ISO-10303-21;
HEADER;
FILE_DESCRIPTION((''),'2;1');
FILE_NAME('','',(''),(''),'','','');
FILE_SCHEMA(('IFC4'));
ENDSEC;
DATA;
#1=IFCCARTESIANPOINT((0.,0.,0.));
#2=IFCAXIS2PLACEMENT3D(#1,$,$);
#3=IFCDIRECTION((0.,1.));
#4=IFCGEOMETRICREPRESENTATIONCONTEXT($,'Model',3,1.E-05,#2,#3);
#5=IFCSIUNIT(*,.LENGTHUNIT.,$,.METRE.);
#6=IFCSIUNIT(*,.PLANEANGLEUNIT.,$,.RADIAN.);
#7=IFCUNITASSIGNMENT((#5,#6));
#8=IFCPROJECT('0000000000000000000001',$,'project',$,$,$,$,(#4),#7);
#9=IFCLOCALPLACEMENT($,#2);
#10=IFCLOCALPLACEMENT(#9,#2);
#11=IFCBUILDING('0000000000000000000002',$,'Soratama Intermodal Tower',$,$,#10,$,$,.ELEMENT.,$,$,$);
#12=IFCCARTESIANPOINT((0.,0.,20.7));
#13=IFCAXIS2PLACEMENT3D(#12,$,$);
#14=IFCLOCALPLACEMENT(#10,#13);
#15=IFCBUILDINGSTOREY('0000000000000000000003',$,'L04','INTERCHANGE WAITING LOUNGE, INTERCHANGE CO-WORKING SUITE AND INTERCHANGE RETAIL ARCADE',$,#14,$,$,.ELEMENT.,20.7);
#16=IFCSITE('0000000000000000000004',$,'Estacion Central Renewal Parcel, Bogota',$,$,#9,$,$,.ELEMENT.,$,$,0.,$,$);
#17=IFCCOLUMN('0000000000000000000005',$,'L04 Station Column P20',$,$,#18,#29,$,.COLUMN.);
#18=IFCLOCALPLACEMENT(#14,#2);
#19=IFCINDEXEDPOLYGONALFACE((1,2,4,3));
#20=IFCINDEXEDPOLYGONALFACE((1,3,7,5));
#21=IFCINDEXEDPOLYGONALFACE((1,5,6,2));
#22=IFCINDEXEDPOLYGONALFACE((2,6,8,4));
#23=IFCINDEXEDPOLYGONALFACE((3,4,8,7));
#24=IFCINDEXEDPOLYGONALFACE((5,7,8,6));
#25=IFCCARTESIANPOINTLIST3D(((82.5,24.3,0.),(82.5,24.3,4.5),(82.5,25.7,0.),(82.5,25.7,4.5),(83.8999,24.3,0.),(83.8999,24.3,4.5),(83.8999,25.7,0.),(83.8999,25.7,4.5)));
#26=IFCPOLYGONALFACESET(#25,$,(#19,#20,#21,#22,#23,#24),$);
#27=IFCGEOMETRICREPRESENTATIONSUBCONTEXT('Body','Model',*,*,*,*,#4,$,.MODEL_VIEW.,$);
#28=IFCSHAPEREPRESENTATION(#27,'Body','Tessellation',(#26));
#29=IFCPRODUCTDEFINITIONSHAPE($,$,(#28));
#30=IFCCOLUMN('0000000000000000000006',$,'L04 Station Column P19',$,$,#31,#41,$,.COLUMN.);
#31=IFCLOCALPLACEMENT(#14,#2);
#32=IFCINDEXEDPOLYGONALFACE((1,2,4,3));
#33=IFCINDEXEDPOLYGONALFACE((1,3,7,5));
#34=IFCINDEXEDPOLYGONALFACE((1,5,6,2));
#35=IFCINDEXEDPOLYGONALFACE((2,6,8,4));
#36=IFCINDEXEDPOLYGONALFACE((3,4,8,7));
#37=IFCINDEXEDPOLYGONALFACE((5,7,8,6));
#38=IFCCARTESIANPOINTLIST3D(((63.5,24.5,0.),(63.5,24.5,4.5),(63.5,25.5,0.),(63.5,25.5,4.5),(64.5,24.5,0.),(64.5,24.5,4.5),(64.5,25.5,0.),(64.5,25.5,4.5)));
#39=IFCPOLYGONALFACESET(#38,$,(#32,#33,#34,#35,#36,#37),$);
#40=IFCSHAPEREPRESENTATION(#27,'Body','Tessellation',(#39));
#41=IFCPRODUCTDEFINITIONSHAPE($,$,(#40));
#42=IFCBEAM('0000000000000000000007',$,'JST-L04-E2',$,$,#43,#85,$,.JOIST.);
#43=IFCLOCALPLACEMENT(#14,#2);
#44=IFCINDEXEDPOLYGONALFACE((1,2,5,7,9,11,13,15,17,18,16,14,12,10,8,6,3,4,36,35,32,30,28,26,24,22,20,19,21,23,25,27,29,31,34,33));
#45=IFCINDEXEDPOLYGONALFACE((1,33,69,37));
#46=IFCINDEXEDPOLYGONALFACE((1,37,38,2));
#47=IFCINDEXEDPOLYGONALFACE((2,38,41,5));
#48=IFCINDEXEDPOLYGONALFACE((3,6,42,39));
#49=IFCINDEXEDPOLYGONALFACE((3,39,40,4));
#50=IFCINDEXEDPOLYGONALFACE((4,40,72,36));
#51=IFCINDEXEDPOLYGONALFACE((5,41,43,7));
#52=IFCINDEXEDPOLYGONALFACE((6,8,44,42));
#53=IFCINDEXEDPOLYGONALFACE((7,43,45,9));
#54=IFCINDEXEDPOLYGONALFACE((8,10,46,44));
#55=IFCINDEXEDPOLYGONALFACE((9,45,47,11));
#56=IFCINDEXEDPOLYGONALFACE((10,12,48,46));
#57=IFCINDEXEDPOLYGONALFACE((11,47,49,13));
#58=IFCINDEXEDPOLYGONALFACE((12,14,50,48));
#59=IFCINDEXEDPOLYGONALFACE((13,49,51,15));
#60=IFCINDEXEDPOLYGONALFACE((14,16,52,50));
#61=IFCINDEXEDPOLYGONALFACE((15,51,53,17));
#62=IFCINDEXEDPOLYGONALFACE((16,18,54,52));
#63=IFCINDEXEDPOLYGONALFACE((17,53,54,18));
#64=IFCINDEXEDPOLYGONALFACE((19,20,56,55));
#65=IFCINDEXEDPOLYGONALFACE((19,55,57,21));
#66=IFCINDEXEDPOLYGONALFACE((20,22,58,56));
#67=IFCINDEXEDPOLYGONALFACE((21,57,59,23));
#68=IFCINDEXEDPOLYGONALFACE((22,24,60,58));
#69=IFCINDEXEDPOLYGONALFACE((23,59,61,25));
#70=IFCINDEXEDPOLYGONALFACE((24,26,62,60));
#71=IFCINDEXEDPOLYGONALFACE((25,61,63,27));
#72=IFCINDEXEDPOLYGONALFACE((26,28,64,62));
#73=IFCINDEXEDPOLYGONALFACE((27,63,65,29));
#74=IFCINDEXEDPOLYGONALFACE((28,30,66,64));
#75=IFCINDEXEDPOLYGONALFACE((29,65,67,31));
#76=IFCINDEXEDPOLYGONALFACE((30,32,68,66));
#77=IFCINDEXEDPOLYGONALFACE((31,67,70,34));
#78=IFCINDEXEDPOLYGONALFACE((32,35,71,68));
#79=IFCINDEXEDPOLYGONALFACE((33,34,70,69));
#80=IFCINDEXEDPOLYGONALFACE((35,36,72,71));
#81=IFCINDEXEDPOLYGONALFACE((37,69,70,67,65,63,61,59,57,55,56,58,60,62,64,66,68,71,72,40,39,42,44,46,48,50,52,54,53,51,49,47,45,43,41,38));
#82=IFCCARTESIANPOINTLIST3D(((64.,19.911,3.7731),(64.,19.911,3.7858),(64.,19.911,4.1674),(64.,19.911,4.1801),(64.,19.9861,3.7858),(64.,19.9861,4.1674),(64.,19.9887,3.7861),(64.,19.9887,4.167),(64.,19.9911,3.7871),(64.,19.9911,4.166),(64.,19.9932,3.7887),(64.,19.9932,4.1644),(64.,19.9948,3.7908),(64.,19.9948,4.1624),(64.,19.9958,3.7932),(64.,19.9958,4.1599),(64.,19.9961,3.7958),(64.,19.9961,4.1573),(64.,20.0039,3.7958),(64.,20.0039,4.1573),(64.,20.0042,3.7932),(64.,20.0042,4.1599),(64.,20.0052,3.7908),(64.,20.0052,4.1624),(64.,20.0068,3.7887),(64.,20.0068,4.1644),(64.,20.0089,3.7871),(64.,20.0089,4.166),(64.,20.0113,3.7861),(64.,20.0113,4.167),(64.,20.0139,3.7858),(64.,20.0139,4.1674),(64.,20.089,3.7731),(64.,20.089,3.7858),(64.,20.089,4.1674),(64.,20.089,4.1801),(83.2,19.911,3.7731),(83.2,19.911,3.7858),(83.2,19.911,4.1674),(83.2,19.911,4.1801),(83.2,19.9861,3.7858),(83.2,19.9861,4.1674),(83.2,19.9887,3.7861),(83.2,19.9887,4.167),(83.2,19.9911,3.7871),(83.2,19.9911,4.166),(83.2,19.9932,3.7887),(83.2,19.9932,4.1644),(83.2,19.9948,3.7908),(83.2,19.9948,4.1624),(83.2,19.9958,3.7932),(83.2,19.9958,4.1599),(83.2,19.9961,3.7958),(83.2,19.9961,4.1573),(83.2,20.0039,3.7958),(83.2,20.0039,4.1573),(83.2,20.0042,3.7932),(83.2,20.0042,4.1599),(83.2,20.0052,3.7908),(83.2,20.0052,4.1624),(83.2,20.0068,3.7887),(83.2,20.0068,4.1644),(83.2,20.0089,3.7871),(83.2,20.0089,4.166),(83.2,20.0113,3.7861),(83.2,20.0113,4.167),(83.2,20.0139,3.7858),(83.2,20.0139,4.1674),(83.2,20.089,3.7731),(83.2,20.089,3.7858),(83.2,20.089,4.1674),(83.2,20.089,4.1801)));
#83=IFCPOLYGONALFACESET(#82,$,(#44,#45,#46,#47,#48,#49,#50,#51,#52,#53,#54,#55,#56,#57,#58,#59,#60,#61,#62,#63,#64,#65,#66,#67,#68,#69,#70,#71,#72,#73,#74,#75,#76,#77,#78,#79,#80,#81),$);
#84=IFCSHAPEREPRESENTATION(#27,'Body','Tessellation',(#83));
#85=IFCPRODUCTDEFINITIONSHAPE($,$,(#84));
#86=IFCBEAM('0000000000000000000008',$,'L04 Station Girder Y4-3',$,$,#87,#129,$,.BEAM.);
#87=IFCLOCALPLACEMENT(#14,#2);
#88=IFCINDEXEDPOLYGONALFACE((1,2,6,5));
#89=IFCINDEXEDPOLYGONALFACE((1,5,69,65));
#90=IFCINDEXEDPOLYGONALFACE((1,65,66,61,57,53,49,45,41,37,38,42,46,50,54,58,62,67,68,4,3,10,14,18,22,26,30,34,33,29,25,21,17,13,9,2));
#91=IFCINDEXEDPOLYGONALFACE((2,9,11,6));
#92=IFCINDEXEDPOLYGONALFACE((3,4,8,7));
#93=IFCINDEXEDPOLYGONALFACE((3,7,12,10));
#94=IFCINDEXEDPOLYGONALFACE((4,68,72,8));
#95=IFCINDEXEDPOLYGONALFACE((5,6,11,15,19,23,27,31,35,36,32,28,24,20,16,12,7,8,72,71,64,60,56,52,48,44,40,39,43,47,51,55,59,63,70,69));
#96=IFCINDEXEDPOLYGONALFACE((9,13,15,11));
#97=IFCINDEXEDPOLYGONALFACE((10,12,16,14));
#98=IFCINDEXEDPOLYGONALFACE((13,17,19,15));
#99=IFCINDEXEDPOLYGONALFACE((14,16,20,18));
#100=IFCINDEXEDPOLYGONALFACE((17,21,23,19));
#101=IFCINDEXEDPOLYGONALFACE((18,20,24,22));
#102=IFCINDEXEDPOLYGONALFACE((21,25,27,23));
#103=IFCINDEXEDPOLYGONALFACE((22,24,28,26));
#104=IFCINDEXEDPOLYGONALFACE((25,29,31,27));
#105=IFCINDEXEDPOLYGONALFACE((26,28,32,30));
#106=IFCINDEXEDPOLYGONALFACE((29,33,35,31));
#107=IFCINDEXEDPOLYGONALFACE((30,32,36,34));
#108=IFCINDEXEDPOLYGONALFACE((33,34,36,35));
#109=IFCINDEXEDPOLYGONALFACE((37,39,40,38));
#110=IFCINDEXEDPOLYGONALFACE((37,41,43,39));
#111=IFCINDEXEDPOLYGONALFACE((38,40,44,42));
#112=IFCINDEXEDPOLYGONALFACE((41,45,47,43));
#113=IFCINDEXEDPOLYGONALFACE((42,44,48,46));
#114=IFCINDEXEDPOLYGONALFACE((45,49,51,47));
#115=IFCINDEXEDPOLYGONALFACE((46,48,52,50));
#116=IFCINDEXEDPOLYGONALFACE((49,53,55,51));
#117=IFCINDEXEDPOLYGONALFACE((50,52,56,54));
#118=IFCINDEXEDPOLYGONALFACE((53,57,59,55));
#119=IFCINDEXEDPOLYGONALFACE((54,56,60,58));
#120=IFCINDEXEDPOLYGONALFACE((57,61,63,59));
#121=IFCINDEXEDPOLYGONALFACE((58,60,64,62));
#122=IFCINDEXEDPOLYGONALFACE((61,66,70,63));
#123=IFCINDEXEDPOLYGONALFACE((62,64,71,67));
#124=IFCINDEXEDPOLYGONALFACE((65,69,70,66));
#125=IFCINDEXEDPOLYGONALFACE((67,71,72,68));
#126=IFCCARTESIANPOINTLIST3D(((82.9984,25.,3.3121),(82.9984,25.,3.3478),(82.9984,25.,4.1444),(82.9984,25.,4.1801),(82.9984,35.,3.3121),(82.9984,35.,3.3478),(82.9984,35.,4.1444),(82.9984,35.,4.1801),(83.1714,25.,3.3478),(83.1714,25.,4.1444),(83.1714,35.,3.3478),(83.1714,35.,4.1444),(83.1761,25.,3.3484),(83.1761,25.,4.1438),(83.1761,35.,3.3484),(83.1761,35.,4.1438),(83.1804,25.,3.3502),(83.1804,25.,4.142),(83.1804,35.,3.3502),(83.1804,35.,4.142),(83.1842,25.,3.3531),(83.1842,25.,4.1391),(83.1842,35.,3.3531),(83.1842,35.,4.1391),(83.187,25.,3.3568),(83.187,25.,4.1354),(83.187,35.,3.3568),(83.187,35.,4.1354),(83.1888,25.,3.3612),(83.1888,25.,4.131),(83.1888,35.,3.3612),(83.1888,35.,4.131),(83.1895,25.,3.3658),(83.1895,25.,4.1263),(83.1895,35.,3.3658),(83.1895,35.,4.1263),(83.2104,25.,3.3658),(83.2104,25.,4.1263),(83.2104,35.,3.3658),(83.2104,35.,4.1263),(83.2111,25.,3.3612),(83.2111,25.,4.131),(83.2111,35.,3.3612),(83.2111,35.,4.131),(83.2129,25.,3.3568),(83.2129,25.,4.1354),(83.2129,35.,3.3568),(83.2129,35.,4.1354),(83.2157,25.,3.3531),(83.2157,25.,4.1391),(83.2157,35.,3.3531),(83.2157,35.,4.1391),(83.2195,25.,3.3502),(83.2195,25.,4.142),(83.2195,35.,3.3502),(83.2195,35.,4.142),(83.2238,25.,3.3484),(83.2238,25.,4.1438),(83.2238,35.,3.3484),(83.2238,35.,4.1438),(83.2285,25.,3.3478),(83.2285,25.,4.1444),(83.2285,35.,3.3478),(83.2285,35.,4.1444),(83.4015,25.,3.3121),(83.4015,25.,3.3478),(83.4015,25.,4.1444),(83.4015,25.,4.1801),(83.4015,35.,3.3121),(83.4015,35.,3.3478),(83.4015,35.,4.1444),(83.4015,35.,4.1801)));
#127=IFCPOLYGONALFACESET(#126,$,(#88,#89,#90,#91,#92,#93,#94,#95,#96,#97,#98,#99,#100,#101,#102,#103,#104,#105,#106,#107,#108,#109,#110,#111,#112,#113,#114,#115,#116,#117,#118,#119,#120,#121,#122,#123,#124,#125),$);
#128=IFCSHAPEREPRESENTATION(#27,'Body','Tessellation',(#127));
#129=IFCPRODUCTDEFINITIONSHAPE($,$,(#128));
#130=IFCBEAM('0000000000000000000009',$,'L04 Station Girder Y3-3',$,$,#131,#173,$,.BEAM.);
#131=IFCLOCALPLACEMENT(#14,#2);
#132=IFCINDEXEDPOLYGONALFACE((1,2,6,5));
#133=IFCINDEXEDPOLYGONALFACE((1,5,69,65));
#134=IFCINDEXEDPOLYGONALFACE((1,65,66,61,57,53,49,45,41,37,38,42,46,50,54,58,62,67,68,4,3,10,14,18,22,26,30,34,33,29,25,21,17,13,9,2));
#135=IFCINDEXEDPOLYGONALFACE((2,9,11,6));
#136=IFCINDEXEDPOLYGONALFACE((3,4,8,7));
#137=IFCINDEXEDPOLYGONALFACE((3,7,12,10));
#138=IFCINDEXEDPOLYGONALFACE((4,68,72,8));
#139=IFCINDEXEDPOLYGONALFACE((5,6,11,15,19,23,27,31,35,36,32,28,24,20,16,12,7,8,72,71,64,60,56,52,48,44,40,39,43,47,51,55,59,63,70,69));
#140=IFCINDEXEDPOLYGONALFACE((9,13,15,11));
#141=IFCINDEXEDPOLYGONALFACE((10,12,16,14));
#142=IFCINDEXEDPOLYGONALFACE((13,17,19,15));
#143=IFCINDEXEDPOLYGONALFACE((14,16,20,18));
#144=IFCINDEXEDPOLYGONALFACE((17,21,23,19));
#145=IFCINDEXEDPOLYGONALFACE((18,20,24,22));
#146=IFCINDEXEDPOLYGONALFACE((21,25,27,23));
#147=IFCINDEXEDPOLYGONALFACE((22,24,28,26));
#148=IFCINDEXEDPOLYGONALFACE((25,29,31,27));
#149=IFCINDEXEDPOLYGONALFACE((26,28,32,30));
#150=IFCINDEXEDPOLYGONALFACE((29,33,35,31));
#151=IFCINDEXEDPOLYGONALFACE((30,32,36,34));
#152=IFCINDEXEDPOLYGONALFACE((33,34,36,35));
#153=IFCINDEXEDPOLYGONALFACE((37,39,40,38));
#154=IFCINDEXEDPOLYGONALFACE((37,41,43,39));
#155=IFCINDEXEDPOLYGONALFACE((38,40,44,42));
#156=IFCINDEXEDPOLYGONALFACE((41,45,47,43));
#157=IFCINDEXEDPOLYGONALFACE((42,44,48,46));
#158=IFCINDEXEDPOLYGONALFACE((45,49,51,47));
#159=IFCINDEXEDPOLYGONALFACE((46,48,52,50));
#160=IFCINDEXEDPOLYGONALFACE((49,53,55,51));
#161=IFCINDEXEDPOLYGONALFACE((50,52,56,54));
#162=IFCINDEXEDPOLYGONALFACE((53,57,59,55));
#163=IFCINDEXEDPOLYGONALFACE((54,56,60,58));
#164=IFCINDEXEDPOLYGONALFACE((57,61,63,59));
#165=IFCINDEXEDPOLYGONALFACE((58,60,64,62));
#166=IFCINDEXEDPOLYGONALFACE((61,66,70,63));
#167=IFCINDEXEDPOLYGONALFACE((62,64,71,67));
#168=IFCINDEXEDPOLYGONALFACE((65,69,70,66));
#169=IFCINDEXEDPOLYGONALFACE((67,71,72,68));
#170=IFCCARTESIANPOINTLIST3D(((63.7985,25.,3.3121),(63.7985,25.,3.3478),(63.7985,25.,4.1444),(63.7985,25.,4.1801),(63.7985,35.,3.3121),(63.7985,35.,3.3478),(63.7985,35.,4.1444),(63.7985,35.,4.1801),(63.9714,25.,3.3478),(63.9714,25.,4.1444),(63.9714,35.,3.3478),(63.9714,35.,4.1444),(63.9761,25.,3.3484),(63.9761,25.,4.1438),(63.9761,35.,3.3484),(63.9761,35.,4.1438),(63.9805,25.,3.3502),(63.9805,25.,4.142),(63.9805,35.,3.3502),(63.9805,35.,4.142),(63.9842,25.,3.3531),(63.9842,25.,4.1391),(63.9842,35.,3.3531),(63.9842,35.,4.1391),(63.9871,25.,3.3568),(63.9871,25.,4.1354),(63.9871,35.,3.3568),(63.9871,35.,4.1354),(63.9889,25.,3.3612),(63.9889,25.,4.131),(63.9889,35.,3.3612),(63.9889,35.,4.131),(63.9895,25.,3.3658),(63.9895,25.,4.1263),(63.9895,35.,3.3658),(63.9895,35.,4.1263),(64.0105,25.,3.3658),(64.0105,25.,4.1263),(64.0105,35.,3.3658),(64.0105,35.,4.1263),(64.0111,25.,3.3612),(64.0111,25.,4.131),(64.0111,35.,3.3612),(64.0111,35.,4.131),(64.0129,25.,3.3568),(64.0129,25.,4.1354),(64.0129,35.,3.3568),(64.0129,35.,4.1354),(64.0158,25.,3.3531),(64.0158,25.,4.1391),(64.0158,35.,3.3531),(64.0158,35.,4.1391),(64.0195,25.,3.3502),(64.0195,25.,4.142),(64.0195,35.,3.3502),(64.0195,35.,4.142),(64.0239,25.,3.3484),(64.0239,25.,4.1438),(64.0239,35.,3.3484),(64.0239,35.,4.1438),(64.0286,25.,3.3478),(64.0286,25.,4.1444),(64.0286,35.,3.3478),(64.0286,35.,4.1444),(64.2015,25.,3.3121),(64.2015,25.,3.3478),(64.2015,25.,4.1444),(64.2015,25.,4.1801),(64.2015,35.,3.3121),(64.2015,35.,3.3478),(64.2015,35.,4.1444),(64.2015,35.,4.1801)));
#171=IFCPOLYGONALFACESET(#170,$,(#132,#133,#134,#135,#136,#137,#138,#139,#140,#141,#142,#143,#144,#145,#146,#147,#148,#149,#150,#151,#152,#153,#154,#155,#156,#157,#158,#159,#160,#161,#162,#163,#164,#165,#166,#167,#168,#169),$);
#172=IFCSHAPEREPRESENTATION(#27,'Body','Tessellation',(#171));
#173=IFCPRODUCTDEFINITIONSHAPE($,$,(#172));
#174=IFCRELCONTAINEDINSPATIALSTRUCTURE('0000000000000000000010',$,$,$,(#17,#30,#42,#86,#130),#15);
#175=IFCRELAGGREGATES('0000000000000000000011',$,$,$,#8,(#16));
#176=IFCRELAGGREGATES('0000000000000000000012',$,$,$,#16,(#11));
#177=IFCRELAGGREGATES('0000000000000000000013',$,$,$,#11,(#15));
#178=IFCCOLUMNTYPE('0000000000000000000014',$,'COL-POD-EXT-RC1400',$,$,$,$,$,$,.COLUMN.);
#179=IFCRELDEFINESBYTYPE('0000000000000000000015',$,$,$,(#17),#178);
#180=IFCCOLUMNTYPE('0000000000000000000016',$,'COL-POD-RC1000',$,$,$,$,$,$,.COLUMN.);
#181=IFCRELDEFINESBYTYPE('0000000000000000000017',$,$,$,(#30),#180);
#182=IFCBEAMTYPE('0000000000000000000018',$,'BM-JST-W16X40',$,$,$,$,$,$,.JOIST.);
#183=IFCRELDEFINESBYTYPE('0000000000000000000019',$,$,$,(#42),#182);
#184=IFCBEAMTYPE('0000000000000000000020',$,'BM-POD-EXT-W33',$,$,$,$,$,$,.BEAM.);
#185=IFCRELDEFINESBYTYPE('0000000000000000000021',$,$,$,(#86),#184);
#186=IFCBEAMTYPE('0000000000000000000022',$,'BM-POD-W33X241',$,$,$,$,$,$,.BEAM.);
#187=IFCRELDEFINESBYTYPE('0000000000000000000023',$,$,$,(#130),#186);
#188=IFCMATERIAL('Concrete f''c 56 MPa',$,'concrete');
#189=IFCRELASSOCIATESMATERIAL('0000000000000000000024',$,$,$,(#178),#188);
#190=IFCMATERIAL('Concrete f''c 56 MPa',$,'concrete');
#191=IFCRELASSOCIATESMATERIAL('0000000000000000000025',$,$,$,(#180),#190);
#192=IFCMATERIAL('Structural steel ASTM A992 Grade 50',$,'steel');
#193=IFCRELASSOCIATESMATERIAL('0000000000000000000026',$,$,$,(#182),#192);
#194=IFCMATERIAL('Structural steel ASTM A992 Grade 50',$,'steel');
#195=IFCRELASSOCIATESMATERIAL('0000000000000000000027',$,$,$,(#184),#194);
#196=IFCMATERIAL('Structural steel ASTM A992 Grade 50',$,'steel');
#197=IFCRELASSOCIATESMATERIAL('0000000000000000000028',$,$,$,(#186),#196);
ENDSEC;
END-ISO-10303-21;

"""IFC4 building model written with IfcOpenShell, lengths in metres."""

from ifc_helpers import new_model, si_unit, direction, frame, origin, origin_2d, place, context, subcontext, project, spatial, rectangle, i_section, extrude, material, material_profile, profile_set, type_object, element, save


model = new_model("IFC4")

# Units and contexts
model_context = context("Model", 3, precision=1e-05, world=origin(), true_north=direction((0.0, 1.0)))
body_context = subcontext(model_context, "Body", "Model", "MODEL_VIEW")
ifc_project = project(units=[si_unit("LENGTHUNIT", "METRE"), si_unit("PLANEANGLEUNIT", "RADIAN")], contexts=[model_context])

# Site, building, storey
site_placement = place(None, origin())
site = spatial("IfcSite", under=ifc_project, at=site_placement, Name="Estacion Central Renewal Parcel, Bogota", CompositionType="ELEMENT", RefElevation=0.0)
building_placement = place(site_placement, origin())
building = spatial("IfcBuilding", under=site, at=building_placement, Name="Soratama Intermodal Tower", CompositionType="ELEMENT")
storey_placement = place(building_placement, frame((0.0, 0.0, 20.7)))
storey = spatial("IfcBuildingStorey", under=building, at=storey_placement, Name="L04", Description="INTERCHANGE WAITING LOUNGE, INTERCHANGE CO-WORKING SUITE AND INTERCHANGE RETAIL ARCADE", CompositionType="ELEMENT", Elevation=20.7)

# Columns
ifc_material_1 = material(Name="Concrete f'c 56 MPa", Category="concrete")
ifc_material_profile_1 = material_profile(ifc_material_1, rectangle(XDim=1.3999, YDim=1.3999, at=origin_2d()), Name="RC1400X1400")
ifc_profile_set_1 = profile_set([ifc_material_profile_1], Name="Concrete f'c 56 MPa")
column_type_1 = type_object("IfcColumnType", Name="COL-POD-EXT-RC1400", PredefinedType="COLUMN", material=ifc_profile_set_1)
column_1_placement = place(storey_placement, frame((83.2, 25.0, 0.0), z_axis=(0.0, 0.0, 1.0), x_axis=(1.0, 0.0, 0.0)))
element("IfcColumn", 1, at=column_1_placement, inside=storey, type_object=column_type_1, Name="L04 Station Column P20", PredefinedType="COLUMN", context=body_context, shape_type="SweptSolid", body=[
    extrude(rectangle(XDim=1.3999, YDim=1.3999, at=origin_2d()), origin(), (0.0, 0.0, 1.0), 4.5),
])
ifc_material_2 = material(Name="Concrete f'c 56 MPa", Category="concrete")
ifc_material_profile_2 = material_profile(ifc_material_2, rectangle(XDim=1.0, YDim=1.0, at=origin_2d()), Name="RC1000X1000")
ifc_profile_set_2 = profile_set([ifc_material_profile_2], Name="Concrete f'c 56 MPa")
column_type_2 = type_object("IfcColumnType", Name="COL-POD-RC1000", PredefinedType="COLUMN", material=ifc_profile_set_2)
column_2_placement = place(storey_placement, frame((64.0, 25.0, 0.0), z_axis=(0.0, 0.0, 1.0), x_axis=(1.0, 0.0, 0.0)))
element("IfcColumn", 2, at=column_2_placement, inside=storey, type_object=column_type_2, Name="L04 Station Column P19", PredefinedType="COLUMN", context=body_context, shape_type="SweptSolid", body=[
    extrude(rectangle(XDim=1.0, YDim=1.0, at=origin_2d()), origin(), (0.0, 0.0, 1.0), 4.5),
])

# Beams
ifc_material_3 = material(Name="Structural steel ASTM A992 Grade 50", Category="steel")
ifc_material_profile_3 = material_profile(ifc_material_3, i_section(OverallWidth=0.178, OverallDepth=0.407, WebThickness=0.0078, FlangeThickness=0.0127, FilletRadius=0.01, at=origin_2d()), Name="W16X40")
ifc_profile_set_3 = profile_set([ifc_material_profile_3], Name="Structural steel ASTM A992 Grade 50")
beam_type_1 = type_object("IfcBeamType", Name="BM-JST-W16X40", PredefinedType="JOIST", material=ifc_profile_set_3)
beam_1_placement = place(storey_placement, frame((64.0, 20.0, 3.9766), z_axis=(1.0, 0.0, 0.0), x_axis=(0.0, 1.0, 0.0)))
element("IfcBeam", 3, at=beam_1_placement, inside=storey, type_object=beam_type_1, Name="JST-L04-E2", PredefinedType="JOIST", context=body_context, shape_type="SweptSolid", body=[
    extrude(i_section(OverallWidth=0.178, OverallDepth=0.407, WebThickness=0.0078, FlangeThickness=0.0127, FilletRadius=0.01, at=origin_2d()), origin(), (0.0, 0.0, 1.0), 19.2),
])
ifc_material_4 = material(Name="Structural steel ASTM A992 Grade 50", Category="steel")
ifc_material_profile_4 = material_profile(ifc_material_4, i_section(OverallWidth=0.4031, OverallDepth=0.8679, WebThickness=0.021, FlangeThickness=0.0356, FilletRadius=0.0181, at=origin_2d()), Name="W33X241")
ifc_profile_set_4 = profile_set([ifc_material_profile_4], Name="Structural steel ASTM A992 Grade 50")
beam_type_2 = type_object("IfcBeamType", Name="BM-POD-EXT-W33", PredefinedType="BEAM", material=ifc_profile_set_4)
beam_2_placement = place(storey_placement, frame((83.2, 25.0, 3.7461), z_axis=(0.0, 1.0, 0.0), x_axis=(-1.0, 0.0, 0.0)))
element("IfcBeam", 4, at=beam_2_placement, inside=storey, type_object=beam_type_2, Name="L04 Station Girder Y4-3", PredefinedType="BEAM", context=body_context, shape_type="SweptSolid", body=[
    extrude(i_section(OverallWidth=0.4031, OverallDepth=0.8679, WebThickness=0.021, FlangeThickness=0.0356, FilletRadius=0.0181, at=origin_2d()), origin(), (0.0, 0.0, 1.0), 10.0),
])
ifc_material_5 = material(Name="Structural steel ASTM A992 Grade 50", Category="steel")
ifc_material_profile_5 = material_profile(ifc_material_5, i_section(OverallWidth=0.4031, OverallDepth=0.8679, WebThickness=0.021, FlangeThickness=0.0356, FilletRadius=0.0181, at=origin_2d()), Name="W33X241")
ifc_profile_set_5 = profile_set([ifc_material_profile_5], Name="Structural steel ASTM A992 Grade 50")
beam_type_3 = type_object("IfcBeamType", Name="BM-POD-W33X241", PredefinedType="BEAM", material=ifc_profile_set_5)
beam_3_placement = place(storey_placement, frame((64.0, 25.0, 3.7461), z_axis=(0.0, 1.0, 0.0), x_axis=(-1.0, 0.0, 0.0)))
element("IfcBeam", 5, at=beam_3_placement, inside=storey, type_object=beam_type_3, Name="L04 Station Girder Y3-3", PredefinedType="BEAM", context=body_context, shape_type="SweptSolid", body=[
    extrude(i_section(OverallWidth=0.4031, OverallDepth=0.8679, WebThickness=0.021, FlangeThickness=0.0356, FilletRadius=0.0181, at=origin_2d()), origin(), (0.0, 0.0, 1.0), 10.0),
])

save(model, "model.ifc")
